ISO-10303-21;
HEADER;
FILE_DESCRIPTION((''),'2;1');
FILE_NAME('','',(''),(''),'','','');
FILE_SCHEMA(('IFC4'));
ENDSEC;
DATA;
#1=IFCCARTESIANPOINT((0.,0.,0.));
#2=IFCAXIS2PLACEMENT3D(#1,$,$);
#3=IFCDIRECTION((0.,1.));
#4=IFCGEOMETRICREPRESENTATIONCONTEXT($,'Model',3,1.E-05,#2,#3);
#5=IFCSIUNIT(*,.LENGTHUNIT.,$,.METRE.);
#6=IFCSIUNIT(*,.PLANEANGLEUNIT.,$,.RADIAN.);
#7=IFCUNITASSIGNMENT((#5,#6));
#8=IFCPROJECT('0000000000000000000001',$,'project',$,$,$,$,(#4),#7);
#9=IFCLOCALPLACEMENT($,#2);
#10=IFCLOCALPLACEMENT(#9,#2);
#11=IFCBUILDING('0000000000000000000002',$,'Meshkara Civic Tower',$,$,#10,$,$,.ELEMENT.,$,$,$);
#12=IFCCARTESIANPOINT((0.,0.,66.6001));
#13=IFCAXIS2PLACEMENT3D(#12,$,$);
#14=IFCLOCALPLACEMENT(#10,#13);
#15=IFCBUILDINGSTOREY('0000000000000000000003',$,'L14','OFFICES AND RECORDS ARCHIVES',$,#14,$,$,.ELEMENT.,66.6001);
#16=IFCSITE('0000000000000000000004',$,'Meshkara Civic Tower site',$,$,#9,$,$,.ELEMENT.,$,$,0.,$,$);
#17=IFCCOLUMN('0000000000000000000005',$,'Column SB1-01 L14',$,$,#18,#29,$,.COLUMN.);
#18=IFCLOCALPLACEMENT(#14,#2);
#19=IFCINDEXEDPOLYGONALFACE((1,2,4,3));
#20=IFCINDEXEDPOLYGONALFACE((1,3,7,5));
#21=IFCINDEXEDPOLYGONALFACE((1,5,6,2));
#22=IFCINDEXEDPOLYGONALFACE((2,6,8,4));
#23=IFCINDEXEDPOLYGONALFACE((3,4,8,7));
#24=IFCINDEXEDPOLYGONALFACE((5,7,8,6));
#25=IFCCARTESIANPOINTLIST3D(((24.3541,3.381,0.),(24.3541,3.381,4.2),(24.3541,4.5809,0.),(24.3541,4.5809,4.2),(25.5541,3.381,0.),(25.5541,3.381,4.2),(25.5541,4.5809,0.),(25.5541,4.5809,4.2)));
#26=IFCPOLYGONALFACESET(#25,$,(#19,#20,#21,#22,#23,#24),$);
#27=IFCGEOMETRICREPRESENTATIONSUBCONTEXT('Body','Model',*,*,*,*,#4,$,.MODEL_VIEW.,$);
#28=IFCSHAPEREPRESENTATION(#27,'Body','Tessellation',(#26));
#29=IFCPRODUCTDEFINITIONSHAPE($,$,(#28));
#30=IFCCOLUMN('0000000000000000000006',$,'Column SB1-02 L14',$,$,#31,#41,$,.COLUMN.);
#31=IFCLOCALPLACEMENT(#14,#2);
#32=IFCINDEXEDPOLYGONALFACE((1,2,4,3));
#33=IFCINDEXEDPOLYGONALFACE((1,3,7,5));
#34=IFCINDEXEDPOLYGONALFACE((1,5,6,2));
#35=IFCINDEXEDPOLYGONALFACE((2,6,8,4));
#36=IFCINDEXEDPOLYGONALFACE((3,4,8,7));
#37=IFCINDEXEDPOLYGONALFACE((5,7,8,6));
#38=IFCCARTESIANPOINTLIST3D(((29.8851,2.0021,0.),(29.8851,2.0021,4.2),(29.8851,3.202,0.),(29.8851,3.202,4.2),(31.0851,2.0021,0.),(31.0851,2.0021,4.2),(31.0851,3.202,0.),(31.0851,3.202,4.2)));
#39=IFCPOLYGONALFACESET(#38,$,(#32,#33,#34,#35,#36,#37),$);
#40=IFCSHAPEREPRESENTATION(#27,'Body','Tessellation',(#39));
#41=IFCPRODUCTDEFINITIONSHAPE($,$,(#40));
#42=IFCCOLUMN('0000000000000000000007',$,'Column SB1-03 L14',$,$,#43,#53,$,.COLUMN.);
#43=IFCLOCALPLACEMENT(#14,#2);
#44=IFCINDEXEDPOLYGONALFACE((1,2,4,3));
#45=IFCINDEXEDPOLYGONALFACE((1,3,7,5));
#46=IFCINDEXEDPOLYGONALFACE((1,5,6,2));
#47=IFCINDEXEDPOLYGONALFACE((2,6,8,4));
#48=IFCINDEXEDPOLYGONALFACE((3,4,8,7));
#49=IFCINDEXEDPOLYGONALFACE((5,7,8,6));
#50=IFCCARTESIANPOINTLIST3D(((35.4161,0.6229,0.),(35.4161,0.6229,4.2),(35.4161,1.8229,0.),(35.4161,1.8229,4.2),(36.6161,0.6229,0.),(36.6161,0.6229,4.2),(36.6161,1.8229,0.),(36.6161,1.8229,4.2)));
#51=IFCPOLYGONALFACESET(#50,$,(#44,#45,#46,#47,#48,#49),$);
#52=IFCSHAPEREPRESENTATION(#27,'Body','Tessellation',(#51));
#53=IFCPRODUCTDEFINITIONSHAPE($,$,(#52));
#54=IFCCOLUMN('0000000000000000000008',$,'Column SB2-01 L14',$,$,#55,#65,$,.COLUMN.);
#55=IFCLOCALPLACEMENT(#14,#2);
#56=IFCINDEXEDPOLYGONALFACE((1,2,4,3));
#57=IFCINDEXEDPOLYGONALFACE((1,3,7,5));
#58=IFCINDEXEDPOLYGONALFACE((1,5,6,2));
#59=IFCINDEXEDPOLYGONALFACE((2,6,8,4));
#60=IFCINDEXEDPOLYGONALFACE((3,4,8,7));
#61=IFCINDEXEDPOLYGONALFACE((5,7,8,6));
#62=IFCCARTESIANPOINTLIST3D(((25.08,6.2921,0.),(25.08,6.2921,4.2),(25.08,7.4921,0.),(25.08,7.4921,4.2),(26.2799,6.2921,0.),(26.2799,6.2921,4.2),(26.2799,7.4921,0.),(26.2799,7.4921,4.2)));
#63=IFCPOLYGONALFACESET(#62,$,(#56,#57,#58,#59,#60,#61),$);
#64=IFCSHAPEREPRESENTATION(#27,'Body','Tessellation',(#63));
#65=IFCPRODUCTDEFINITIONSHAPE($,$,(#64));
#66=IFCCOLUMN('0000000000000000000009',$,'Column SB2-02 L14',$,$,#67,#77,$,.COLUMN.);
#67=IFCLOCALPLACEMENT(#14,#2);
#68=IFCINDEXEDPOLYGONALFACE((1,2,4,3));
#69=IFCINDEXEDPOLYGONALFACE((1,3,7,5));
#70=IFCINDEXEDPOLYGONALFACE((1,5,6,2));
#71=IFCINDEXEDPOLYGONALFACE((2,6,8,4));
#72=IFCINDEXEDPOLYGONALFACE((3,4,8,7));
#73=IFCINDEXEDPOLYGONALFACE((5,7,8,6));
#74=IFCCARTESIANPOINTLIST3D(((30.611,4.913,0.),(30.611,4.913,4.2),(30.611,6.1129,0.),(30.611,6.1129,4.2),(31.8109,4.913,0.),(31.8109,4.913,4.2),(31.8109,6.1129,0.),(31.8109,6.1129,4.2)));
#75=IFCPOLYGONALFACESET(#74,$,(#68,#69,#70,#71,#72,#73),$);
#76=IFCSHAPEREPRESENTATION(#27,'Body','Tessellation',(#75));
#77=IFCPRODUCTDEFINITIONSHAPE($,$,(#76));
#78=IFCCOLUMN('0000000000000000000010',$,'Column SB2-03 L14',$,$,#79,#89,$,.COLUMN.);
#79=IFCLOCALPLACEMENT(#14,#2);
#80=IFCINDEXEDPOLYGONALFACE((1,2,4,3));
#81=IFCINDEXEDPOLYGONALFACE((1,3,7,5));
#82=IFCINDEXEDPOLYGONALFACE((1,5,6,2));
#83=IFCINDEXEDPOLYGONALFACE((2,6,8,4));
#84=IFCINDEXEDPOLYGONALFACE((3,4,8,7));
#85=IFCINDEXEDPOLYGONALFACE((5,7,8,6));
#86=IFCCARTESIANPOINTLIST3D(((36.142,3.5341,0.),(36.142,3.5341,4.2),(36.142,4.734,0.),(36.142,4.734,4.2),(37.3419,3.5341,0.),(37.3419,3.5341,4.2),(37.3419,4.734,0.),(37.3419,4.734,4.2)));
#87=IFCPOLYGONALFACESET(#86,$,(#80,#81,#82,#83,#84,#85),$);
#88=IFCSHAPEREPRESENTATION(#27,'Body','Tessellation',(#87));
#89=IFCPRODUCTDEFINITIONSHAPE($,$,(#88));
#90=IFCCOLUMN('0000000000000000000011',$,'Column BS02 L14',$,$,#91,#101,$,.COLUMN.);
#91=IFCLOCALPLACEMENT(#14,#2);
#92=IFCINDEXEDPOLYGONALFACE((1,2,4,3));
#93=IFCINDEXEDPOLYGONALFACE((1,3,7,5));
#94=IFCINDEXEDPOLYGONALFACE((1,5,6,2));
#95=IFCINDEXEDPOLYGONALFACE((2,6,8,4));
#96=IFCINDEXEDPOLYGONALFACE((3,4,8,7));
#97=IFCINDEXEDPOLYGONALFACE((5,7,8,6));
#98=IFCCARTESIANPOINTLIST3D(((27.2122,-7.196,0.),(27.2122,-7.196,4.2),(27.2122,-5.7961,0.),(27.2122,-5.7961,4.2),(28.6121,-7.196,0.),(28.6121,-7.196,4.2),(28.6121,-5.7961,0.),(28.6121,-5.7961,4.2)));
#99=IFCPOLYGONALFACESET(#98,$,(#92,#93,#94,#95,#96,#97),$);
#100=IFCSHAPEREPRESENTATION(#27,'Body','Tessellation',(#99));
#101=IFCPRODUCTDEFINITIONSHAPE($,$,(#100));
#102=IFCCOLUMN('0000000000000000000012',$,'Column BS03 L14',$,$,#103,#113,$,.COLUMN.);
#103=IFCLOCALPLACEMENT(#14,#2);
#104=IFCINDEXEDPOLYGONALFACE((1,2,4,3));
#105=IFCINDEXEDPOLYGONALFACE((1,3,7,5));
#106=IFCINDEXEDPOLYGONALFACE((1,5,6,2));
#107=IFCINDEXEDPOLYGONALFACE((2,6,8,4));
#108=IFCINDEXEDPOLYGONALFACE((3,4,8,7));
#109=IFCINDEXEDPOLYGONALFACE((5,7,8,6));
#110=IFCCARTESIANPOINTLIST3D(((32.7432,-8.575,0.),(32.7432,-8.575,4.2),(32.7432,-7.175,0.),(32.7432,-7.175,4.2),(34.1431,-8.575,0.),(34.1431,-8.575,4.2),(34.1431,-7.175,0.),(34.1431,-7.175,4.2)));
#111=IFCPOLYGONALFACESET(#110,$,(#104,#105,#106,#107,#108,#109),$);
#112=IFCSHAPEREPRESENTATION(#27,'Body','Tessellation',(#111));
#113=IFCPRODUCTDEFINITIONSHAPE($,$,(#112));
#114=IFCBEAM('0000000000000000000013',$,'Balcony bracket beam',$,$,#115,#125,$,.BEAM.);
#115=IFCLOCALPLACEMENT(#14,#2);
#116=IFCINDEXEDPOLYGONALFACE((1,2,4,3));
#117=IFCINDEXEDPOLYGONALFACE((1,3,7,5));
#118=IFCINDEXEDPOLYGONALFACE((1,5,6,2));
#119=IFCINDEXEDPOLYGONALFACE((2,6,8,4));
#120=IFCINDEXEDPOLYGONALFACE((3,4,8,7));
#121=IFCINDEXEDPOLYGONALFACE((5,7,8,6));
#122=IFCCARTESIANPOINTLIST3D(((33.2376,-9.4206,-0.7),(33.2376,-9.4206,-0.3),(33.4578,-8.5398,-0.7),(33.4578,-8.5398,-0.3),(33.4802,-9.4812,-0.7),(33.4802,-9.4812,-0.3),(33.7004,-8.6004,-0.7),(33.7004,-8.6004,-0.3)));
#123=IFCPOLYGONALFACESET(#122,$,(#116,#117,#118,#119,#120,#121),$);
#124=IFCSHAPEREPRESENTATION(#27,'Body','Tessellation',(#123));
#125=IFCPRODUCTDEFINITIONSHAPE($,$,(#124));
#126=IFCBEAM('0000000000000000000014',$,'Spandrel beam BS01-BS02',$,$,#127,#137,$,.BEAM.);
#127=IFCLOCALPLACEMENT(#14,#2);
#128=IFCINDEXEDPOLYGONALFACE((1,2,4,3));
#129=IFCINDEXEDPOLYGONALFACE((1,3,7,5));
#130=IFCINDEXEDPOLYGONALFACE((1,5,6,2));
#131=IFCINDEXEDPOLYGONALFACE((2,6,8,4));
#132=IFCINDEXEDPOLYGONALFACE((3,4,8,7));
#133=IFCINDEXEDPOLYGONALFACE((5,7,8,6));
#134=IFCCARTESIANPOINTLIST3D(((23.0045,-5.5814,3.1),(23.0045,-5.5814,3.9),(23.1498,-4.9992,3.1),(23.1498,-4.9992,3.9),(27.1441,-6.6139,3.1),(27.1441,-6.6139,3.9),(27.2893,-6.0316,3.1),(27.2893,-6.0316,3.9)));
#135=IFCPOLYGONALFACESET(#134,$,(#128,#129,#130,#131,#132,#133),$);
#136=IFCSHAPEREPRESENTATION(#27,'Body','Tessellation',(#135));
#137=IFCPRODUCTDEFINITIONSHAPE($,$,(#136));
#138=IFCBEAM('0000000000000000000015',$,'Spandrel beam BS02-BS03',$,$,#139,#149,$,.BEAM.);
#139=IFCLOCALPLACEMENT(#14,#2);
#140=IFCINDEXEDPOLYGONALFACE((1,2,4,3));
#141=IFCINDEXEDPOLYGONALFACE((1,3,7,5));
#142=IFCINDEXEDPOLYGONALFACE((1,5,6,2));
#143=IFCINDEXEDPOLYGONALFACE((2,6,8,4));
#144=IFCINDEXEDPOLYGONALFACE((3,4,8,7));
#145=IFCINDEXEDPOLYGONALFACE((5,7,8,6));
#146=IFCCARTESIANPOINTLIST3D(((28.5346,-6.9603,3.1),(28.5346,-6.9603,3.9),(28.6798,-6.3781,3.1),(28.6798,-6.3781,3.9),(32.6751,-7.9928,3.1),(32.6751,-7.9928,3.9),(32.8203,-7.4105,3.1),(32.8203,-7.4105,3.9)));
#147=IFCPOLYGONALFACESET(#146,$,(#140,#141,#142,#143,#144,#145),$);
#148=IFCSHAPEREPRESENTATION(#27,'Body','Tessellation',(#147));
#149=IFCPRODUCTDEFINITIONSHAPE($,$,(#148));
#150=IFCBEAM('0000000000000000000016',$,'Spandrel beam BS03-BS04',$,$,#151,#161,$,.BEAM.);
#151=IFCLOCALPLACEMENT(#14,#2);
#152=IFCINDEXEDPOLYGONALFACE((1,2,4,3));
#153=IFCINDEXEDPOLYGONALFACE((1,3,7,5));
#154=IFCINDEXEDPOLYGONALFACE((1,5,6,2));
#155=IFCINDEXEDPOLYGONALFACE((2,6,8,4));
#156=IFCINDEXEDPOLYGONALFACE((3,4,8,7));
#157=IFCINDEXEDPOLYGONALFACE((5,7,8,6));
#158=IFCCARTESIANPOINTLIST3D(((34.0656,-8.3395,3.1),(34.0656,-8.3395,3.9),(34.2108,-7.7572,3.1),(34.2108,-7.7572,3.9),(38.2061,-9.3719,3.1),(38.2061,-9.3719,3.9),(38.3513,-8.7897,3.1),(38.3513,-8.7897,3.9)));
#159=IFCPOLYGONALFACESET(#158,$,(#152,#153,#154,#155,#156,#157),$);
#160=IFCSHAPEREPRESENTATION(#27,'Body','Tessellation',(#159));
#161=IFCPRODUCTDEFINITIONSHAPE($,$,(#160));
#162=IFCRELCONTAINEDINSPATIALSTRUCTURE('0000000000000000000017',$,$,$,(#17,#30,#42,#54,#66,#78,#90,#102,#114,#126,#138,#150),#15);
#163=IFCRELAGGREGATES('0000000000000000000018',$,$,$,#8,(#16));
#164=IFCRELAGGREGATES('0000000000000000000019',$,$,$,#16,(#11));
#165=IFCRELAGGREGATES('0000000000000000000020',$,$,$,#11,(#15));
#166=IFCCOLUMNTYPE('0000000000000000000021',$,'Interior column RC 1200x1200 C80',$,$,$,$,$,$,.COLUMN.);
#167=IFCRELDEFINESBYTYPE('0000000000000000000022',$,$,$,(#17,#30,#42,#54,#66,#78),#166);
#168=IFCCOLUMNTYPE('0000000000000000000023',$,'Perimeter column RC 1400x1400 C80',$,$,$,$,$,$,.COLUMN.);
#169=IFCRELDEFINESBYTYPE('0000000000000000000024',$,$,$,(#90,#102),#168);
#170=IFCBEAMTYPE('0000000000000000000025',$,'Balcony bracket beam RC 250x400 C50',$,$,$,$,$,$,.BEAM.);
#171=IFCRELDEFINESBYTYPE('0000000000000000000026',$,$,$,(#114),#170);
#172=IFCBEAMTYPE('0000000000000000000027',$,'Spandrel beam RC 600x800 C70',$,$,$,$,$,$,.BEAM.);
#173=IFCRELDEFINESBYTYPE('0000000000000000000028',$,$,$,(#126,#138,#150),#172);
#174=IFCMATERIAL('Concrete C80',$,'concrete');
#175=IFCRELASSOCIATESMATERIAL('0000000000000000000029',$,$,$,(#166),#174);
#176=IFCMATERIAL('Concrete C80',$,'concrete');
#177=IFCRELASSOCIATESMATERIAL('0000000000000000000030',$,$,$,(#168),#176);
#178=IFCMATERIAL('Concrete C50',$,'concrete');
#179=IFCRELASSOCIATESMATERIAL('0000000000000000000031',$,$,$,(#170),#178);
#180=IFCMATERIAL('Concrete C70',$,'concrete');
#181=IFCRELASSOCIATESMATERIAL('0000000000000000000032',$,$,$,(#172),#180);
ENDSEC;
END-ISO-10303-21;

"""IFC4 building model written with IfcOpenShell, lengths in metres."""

from ifc_helpers import new_model, si_unit, direction, frame, origin, origin_2d, place, context, subcontext, project, spatial, rectangle, extrude, material, material_profile, profile_set, type_object, element, save


model = new_model("IFC4")

# Units and contexts
model_context = context("Model", 3, precision=1e-05, world=origin(), true_north=direction((0.0, 1.0)))
body_context = subcontext(model_context, "Body", "Model", "MODEL_VIEW")
ifc_project = project(units=[si_unit("LENGTHUNIT", "METRE"), si_unit("PLANEANGLEUNIT", "RADIAN")], contexts=[model_context])

# Site, building, storey
site_placement = place(None, origin())
site = spatial("IfcSite", under=ifc_project, at=site_placement, Name="Meshkara Civic Tower site", CompositionType="ELEMENT", RefElevation=0.0)
building_placement = place(site_placement, origin())
building = spatial("IfcBuilding", under=site, at=building_placement, Name="Meshkara Civic Tower", CompositionType="ELEMENT")
storey_placement = place(building_placement, frame((0.0, 0.0, 66.6001)))
storey = spatial("IfcBuildingStorey", under=building, at=storey_placement, Name="L14", Description="OFFICES AND RECORDS ARCHIVES", CompositionType="ELEMENT", Elevation=66.6001)

# Columns
ifc_material_1 = material(Name="Concrete C80", Category="concrete")
ifc_material_profile_1 = material_profile(ifc_material_1, rectangle(XDim=1.2, YDim=1.2, at=origin_2d()))
ifc_profile_set_1 = profile_set([ifc_material_profile_1], Name="Concrete C80")
column_type_1 = type_object("IfcColumnType", Name="Interior column RC 1200x1200 C80", PredefinedType="COLUMN", material=ifc_profile_set_1)
for number, where, z_axis, x_axis, name in (
    (1, (24.9541, 3.981, 0.0), (0.0, 0.0, 1.0), (1.0, 0.0, 0.0), "Column SB1-01 L14"),
    (2, (30.4851, 2.6021, 0.0), (0.0, 0.0, 1.0), (1.0, 0.0, 0.0), "Column SB1-02 L14"),
    (3, (36.0161, 1.2229, 0.0), (0.0, 0.0, 1.0), (1.0, 0.0, 0.0), "Column SB1-03 L14"),
    (4, (25.6799, 6.8921, 0.0), (0.0, 0.0, 1.0), (1.0, 0.0, 0.0), "Column SB2-01 L14"),
    (5, (31.2109, 5.5129, 0.0), (0.0, 0.0, 1.0), (1.0, 0.0, 0.0), "Column SB2-02 L14"),
    (6, (36.7419, 4.134, 0.0), (0.0, 0.0, 1.0), (1.0, 0.0, 0.0), "Column SB2-03 L14"),
):
    element("IfcColumn", number, at=place(storey_placement, frame(where, z_axis=z_axis, x_axis=x_axis)), inside=storey, type_object=column_type_1, Name=name, PredefinedType="COLUMN", context=body_context, shape_type="SweptSolid", body=[
        extrude(rectangle(XDim=1.2, YDim=1.2, at=origin_2d()), origin(), (0.0, 0.0, 1.0), 4.2),
    ])
ifc_material_2 = material(Name="Concrete C80", Category="concrete")
ifc_material_profile_2 = material_profile(ifc_material_2, rectangle(XDim=1.3999, YDim=1.3999, at=origin_2d()))
ifc_profile_set_2 = profile_set([ifc_material_profile_2], Name="Concrete C80")
column_type_2 = type_object("IfcColumnType", Name="Perimeter column RC 1400x1400 C80", PredefinedType="COLUMN", material=ifc_profile_set_2)
for number, where, z_axis, x_axis, name in (
    (7, (27.9121, -6.4961, 0.0), (0.0, 0.0, 1.0), (1.0, 0.0, 0.0), "Column BS02 L14"),
    (8, (33.4431, -7.875, 0.0), (0.0, 0.0, 1.0), (1.0, 0.0, 0.0), "Column BS03 L14"),
):
    element("IfcColumn", number, at=place(storey_placement, frame(where, z_axis=z_axis, x_axis=x_axis)), inside=storey, type_object=column_type_2, Name=name, PredefinedType="COLUMN", context=body_context, shape_type="SweptSolid", body=[
        extrude(rectangle(XDim=1.3999, YDim=1.3999, at=origin_2d()), origin(), (0.0, 0.0, 1.0), 4.2),
    ])

# Beams
ifc_material_3 = material(Name="Concrete C50", Category="concrete")
ifc_material_profile_3 = material_profile(ifc_material_3, rectangle(XDim=0.25, YDim=0.3999, at=origin_2d()))
ifc_profile_set_3 = profile_set([ifc_material_profile_3], Name="Concrete C50")
beam_type_1 = type_object("IfcBeamType", Name="Balcony bracket beam RC 250x400 C50", PredefinedType="BEAM", material=ifc_profile_set_3)
beam_1_placement = place(storey_placement, frame((33.5791, -8.5701, -0.5), z_axis=(-0.242536, -0.970143, 0.0), x_axis=(0.970143, -0.242536, 0.0)))
element("IfcBeam", 9, at=beam_1_placement, inside=storey, type_object=beam_type_1, Name="Balcony bracket beam", PredefinedType="BEAM", context=body_context, shape_type="SweptSolid", body=[
    extrude(rectangle(XDim=0.25, YDim=0.3999, at=origin_2d()), origin(), (0.0, 0.0, 1.0), 0.908),
])
ifc_material_4 = material(Name="Concrete C70", Category="concrete")
ifc_material_profile_4 = material_profile(ifc_material_4, rectangle(XDim=0.6001, YDim=0.8, at=origin_2d()))
ifc_profile_set_4 = profile_set([ifc_material_profile_4], Name="Concrete C70")
beam_type_2 = type_object("IfcBeamType", Name="Spandrel beam RC 600x800 C70", PredefinedType="BEAM", material=ifc_profile_set_4)
beam_2_placement = place(storey_placement, frame((23.0771, -5.2903, 3.5), z_axis=(0.970277, -0.241997, 0.0), x_axis=(0.241997, 0.970277, 0.0)))
element("IfcBeam", 10, at=beam_2_placement, inside=storey, type_object=beam_type_2, Name="Spandrel beam BS01-BS02", PredefinedType="BEAM", context=body_context, shape_type="SweptSolid", body=[
    extrude(rectangle(XDim=0.6001, YDim=0.8, at=origin_2d()), origin(), (0.0, 0.0, 1.0), 4.2664),
])
for number, where, z_axis, x_axis, name in (
    (11, (28.6072, -6.6692, 3.5), (0.97029, -0.241943, 0.0), (0.241943, 0.97029, 0.0), "Spandrel beam BS02-BS03"),
    (12, (34.1382, -8.0483, 3.5), (0.97029, -0.241943, 0.0), (0.241943, 0.97029, 0.0), "Spandrel beam BS03-BS04"),
):
    element("IfcBeam", number, at=place(storey_placement, frame(where, z_axis=z_axis, x_axis=x_axis)), inside=storey, type_object=beam_type_2, Name=name, PredefinedType="BEAM", context=body_context, shape_type="SweptSolid", body=[
        extrude(rectangle(XDim=0.6001, YDim=0.8, at=origin_2d()), origin(), (0.0, 0.0, 1.0), 4.2673),
    ])

save(model, "model.ifc")
